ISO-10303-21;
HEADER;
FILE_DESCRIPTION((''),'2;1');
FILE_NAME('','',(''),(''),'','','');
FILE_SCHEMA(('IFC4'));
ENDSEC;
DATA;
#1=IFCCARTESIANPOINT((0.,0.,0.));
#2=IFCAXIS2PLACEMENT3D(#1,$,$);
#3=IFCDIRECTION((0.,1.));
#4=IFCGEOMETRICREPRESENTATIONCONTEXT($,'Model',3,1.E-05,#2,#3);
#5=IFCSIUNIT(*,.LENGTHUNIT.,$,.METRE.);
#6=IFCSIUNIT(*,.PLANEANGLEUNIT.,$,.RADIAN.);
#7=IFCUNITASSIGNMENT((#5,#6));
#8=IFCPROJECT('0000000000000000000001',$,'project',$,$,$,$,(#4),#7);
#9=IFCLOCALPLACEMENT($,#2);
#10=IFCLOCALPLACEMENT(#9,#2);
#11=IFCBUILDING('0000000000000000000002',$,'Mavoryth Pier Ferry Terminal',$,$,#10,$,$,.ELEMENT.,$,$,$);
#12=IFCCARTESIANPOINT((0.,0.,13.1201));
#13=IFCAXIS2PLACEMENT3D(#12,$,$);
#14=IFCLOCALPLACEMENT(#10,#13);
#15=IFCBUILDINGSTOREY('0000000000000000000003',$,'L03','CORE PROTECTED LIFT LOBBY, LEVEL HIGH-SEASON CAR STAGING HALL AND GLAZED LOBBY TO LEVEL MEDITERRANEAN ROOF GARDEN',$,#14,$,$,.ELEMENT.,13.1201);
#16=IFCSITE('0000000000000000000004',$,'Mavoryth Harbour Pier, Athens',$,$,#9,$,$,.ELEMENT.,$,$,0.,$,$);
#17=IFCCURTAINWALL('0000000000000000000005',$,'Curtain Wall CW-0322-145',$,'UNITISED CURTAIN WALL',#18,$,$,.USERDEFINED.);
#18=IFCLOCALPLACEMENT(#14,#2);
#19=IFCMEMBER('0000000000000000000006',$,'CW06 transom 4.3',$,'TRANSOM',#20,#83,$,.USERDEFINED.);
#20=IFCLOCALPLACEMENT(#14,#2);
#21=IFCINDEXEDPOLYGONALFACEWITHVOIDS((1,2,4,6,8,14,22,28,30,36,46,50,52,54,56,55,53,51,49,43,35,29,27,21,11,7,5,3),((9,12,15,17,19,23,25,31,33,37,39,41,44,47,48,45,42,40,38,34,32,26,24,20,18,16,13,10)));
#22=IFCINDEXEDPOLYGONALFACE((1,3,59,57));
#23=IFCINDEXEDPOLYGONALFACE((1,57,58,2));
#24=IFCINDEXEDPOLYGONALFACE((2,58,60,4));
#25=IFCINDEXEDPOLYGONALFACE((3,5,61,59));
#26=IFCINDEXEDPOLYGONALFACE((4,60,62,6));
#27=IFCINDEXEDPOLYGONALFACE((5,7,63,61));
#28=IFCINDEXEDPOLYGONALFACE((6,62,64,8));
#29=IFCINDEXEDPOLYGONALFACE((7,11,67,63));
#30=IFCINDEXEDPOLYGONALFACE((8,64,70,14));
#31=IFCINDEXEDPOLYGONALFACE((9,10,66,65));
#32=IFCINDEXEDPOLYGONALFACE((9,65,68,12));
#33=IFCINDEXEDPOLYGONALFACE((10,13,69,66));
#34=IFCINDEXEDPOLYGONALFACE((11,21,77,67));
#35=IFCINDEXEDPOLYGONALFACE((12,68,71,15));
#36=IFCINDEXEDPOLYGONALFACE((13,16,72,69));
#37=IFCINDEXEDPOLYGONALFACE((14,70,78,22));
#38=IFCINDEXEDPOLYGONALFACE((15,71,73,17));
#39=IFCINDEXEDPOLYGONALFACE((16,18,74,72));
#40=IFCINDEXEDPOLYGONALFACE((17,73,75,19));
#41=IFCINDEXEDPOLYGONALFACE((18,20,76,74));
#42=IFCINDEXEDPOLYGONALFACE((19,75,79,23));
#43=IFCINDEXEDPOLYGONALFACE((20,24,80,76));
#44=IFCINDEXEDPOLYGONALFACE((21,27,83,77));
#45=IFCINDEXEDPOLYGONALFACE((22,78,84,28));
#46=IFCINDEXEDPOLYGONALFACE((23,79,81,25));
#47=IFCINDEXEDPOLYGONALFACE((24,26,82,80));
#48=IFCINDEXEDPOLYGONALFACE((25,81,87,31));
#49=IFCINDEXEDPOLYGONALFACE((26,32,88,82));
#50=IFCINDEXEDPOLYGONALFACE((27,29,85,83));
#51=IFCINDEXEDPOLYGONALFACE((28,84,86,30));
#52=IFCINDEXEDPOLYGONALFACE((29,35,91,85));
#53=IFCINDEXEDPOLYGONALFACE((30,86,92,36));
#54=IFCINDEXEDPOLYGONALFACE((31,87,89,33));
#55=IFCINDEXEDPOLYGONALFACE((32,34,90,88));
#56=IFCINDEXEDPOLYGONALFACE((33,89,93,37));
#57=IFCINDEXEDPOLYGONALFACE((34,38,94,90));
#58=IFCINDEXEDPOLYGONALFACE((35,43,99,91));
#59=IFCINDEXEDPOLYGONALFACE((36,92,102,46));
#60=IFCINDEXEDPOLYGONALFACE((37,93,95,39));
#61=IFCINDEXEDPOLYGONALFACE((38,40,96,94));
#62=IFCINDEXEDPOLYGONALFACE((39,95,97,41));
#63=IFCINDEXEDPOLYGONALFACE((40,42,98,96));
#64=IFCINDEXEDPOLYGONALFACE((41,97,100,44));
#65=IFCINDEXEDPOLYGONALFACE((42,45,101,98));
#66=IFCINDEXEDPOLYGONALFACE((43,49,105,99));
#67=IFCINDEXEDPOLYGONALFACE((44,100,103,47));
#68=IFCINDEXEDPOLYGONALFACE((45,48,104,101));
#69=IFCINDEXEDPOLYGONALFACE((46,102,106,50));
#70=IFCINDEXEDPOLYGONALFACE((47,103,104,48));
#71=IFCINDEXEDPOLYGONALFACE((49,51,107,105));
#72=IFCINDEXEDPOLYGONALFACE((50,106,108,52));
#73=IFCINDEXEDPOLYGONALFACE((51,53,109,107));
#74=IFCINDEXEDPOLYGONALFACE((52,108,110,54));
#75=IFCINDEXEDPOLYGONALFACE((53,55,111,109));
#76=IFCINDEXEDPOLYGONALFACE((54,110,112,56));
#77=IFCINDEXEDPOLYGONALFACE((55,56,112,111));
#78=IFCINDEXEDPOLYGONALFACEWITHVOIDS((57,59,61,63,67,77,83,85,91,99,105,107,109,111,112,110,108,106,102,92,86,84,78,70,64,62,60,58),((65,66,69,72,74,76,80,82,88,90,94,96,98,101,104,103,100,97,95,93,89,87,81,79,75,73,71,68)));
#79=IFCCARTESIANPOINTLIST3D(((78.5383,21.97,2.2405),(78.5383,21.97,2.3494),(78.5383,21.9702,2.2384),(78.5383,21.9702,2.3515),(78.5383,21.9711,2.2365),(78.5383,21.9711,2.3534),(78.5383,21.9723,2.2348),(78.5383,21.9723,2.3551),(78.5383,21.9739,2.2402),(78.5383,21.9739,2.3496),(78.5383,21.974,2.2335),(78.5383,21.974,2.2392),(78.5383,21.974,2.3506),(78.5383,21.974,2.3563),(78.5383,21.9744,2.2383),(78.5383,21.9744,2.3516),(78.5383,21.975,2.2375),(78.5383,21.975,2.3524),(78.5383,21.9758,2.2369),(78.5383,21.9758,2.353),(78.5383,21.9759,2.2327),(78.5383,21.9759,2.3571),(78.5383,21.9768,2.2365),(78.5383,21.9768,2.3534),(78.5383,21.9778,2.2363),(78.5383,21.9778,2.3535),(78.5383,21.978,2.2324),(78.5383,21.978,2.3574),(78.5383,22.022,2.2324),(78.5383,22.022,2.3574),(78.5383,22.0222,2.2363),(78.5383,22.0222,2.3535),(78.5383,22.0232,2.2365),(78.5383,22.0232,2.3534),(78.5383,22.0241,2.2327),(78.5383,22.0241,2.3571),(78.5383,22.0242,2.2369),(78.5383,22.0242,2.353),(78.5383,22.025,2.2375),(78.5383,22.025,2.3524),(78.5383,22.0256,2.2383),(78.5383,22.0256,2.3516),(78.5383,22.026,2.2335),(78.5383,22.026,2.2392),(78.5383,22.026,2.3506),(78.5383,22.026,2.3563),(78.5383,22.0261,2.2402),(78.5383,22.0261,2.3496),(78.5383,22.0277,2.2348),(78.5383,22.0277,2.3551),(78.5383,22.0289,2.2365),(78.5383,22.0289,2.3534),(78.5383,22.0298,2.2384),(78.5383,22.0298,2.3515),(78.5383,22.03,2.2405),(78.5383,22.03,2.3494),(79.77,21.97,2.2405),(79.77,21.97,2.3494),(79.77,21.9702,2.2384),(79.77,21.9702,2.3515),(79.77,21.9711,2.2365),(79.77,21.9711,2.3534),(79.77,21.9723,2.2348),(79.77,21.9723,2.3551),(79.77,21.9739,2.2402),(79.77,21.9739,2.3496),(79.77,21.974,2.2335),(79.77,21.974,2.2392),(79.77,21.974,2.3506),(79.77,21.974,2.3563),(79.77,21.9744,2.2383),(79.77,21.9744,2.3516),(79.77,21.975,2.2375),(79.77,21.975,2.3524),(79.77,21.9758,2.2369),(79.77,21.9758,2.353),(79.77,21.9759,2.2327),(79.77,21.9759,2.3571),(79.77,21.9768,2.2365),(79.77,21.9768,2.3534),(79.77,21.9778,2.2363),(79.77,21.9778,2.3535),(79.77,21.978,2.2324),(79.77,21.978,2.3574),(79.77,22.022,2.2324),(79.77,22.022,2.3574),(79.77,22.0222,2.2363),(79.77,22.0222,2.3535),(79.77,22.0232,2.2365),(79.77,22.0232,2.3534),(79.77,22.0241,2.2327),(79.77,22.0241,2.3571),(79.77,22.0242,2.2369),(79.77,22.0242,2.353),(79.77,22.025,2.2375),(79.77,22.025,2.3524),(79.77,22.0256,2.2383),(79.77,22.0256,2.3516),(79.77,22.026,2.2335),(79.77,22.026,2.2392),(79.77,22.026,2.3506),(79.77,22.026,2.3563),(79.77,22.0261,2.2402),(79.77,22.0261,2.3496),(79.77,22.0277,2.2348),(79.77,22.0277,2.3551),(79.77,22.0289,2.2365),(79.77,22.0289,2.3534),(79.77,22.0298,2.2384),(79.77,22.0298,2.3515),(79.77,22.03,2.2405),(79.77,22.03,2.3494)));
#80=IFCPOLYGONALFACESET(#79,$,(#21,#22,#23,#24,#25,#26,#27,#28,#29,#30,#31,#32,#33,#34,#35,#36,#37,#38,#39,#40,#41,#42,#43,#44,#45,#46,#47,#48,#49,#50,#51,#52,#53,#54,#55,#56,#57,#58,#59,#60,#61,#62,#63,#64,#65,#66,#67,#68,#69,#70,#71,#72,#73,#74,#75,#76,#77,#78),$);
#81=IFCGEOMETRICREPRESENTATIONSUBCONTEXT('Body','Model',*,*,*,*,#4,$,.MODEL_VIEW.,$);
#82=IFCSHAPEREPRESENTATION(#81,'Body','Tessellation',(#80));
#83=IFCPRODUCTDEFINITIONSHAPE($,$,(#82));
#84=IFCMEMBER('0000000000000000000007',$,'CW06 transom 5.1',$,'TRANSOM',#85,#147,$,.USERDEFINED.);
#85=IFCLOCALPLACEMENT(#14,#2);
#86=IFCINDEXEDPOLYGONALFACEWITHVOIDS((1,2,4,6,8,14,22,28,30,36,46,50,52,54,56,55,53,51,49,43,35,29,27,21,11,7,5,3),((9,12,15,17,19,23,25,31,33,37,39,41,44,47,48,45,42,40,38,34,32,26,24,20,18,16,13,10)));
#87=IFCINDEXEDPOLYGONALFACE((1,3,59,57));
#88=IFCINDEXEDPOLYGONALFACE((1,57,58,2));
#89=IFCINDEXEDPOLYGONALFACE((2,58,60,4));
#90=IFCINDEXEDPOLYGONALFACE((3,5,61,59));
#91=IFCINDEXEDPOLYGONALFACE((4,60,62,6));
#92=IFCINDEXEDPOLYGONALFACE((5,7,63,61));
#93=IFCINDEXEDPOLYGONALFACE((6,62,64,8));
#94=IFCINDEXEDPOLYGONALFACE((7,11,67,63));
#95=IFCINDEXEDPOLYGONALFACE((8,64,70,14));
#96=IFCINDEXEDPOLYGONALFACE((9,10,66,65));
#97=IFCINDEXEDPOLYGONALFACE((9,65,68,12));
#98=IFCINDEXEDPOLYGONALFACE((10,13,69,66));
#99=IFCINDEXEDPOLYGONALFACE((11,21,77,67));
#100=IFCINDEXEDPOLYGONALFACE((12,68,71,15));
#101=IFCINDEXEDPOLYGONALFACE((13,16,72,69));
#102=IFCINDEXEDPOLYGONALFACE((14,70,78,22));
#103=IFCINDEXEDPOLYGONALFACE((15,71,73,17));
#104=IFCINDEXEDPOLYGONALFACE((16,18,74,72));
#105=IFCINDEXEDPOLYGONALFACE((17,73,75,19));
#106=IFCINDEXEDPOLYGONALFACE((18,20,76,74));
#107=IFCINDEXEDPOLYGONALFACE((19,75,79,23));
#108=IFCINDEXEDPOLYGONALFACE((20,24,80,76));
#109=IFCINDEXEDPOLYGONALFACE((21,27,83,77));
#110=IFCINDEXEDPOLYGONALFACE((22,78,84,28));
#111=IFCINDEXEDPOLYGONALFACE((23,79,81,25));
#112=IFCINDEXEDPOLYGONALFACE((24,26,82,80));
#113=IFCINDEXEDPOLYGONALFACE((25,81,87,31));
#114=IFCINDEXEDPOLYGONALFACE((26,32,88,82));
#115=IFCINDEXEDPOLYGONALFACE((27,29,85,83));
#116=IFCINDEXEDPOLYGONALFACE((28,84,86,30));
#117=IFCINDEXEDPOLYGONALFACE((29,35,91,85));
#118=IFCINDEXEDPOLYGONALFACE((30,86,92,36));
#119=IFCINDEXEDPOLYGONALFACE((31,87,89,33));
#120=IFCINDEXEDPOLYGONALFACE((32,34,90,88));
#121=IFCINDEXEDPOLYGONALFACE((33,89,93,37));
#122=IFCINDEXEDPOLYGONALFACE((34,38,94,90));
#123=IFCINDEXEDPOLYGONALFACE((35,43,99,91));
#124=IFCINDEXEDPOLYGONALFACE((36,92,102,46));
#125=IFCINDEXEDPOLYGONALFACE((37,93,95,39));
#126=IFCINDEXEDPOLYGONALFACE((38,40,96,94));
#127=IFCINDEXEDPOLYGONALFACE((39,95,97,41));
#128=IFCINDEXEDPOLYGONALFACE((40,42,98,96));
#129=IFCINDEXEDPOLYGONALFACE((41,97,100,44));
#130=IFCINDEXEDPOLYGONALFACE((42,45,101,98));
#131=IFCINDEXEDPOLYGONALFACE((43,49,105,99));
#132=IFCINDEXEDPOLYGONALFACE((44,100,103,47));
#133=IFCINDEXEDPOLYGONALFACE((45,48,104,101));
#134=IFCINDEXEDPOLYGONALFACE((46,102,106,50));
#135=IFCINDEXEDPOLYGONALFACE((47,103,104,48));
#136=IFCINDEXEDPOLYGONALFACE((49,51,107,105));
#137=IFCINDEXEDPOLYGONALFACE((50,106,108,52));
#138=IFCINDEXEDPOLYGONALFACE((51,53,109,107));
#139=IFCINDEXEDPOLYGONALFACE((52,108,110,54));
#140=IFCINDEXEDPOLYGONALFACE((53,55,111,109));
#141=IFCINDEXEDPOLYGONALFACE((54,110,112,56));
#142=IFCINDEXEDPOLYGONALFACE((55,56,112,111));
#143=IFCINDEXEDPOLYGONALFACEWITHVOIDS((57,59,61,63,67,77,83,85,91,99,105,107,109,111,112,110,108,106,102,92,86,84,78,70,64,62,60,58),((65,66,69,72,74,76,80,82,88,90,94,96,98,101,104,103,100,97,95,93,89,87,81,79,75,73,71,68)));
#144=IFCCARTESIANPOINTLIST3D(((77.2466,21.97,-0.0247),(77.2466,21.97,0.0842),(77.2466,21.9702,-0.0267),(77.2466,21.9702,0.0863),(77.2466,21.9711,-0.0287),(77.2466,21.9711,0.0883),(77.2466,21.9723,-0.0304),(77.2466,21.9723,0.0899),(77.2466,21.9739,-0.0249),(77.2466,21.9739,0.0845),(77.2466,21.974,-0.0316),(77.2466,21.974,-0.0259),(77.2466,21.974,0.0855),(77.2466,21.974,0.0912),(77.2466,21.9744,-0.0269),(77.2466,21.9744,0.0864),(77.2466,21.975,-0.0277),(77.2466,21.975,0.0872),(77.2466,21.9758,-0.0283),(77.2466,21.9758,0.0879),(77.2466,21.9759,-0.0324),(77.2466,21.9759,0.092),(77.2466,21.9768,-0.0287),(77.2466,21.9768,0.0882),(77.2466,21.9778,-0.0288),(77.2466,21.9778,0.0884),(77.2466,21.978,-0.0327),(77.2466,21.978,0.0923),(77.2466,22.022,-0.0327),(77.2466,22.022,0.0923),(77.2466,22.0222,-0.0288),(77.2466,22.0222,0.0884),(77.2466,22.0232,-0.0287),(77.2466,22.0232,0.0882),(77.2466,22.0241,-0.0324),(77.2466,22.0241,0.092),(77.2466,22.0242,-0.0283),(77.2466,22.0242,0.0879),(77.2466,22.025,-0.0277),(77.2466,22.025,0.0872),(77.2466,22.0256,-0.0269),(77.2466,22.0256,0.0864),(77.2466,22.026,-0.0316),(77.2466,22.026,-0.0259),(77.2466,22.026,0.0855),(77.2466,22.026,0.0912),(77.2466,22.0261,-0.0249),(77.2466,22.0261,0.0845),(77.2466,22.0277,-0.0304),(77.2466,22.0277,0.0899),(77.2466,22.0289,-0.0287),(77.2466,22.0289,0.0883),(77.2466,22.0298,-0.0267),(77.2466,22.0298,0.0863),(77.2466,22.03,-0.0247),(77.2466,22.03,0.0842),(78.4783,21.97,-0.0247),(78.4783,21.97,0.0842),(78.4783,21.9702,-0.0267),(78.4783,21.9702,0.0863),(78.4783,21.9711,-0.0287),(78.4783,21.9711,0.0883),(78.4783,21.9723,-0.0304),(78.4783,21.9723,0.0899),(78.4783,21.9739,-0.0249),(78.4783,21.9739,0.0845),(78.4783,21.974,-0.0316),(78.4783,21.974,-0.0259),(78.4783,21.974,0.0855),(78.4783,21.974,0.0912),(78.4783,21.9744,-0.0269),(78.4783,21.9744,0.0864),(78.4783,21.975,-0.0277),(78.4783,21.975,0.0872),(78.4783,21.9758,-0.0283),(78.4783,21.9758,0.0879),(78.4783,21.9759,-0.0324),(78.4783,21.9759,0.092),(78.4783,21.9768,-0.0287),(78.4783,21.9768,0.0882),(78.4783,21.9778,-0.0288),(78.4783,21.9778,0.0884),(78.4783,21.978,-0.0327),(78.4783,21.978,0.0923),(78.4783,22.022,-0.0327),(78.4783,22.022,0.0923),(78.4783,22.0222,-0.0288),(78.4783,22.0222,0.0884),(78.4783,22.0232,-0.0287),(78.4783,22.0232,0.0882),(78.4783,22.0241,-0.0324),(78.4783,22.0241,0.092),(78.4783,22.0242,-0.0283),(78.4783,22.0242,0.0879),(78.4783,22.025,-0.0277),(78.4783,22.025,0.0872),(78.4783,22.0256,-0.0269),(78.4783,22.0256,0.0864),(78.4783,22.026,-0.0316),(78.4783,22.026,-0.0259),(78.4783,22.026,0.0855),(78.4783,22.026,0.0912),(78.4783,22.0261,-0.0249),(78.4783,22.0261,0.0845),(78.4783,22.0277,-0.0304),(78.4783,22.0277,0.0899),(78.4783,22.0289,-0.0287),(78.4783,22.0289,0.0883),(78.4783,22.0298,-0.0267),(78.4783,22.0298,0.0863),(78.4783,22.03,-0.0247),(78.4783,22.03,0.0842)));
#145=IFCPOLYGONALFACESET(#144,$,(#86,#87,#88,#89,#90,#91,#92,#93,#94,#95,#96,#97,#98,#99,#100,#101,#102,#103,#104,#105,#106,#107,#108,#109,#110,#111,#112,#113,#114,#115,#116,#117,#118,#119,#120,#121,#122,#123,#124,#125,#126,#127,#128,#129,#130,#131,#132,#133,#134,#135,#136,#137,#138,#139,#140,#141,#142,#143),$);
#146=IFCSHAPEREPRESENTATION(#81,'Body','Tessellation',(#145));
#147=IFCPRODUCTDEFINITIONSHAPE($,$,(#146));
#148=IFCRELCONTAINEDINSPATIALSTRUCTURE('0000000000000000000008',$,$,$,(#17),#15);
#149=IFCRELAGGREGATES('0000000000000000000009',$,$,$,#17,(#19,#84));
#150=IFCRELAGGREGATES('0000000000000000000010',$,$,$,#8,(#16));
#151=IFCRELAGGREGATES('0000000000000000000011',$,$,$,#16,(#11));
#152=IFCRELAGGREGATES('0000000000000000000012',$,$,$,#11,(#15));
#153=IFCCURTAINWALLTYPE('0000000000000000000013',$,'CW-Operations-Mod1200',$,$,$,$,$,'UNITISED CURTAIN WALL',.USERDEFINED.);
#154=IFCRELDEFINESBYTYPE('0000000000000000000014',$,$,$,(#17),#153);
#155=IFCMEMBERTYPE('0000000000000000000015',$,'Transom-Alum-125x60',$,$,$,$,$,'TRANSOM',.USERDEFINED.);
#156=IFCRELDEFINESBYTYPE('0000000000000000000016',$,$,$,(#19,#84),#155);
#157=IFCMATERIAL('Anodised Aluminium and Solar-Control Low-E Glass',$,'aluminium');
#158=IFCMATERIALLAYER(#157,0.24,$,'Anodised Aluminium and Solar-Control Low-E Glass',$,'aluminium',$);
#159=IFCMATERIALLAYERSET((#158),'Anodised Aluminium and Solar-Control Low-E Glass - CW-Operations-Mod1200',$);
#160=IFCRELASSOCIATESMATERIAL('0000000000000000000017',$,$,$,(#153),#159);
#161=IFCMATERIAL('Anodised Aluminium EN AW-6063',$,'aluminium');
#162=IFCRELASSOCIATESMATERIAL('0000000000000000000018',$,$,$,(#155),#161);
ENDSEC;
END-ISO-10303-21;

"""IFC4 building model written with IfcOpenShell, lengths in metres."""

from ifc_helpers import new_model, si_unit, direction, frame, origin, origin_2d, place, context, subcontext, project, spatial, hollow_rectangle, extrude, material, layer, layer_set, material_profile, profile_set, type_object, element, aggregate, save


model = new_model("IFC4")

# Units and contexts
model_context = context("Model", 3, precision=1e-05, world=origin(), true_north=direction((0.0, 1.0)))
body_context = subcontext(model_context, "Body", "Model", "MODEL_VIEW")
ifc_project = project(units=[si_unit("LENGTHUNIT", "METRE"), si_unit("PLANEANGLEUNIT", "RADIAN")], contexts=[model_context])

# Site, building, storey
site_placement = place(None, origin())
site = spatial("IfcSite", under=ifc_project, at=site_placement, Name="Mavoryth Harbour Pier, Athens", CompositionType="ELEMENT", RefElevation=0.0)
building_placement = place(site_placement, origin())
building = spatial("IfcBuilding", under=site, at=building_placement, Name="Mavoryth Pier Ferry Terminal", CompositionType="ELEMENT")
storey_placement = place(building_placement, frame((0.0, 0.0, 13.1201)))
storey = spatial("IfcBuildingStorey", under=building, at=storey_placement, Name="L03", Description="CORE PROTECTED LIFT LOBBY, LEVEL HIGH-SEASON CAR STAGING HALL AND GLAZED LOBBY TO LEVEL MEDITERRANEAN ROOF GARDEN", CompositionType="ELEMENT", Elevation=13.1201)

# Curtain wall
ifc_material_1 = material(Name="Anodised Aluminium and Solar-Control Low-E Glass", Category="aluminium")
ifc_layer_1 = layer(ifc_material_1, 0.24, Name="Anodised Aluminium and Solar-Control Low-E Glass", Category="aluminium")
ifc_layer_set_1 = layer_set([ifc_layer_1], Name="Anodised Aluminium and Solar-Control Low-E Glass - CW-Operations-Mod1200")
curtain_wall_type = type_object("IfcCurtainWallType", Name="CW-Operations-Mod1200", ElementType="UNITISED CURTAIN WALL", PredefinedType="USERDEFINED", material=ifc_layer_set_1)
curtain_wall_placement = place(storey_placement, origin())
curtain_wall = element("IfcCurtainWall", 1, at=curtain_wall_placement, inside=storey, type_object=curtain_wall_type, Name="Curtain Wall CW-0322-145", ObjectType="UNITISED CURTAIN WALL", PredefinedType="USERDEFINED")
ifc_material_2 = material(Name="Anodised Aluminium EN AW-6063", Category="aluminium")

# Members
ifc_material_profile_1 = material_profile(ifc_material_2, hollow_rectangle(XDim=0.0601, YDim=0.125, WallThickness=0.0039, InnerFilletRadius=0.0039, OuterFilletRadius=0.0081, at=origin_2d()), Name="AL-TRAN 125x60x4", Category="aluminium")
ifc_profile_set_1 = profile_set([ifc_material_profile_1], Name="Anodised Aluminium EN AW-6063 - AL-TRAN 125x60x4")
member_type_1 = type_object("IfcMemberType", Name="Transom-Alum-125x60", ElementType="TRANSOM", PredefinedType="USERDEFINED", material=ifc_profile_set_1)
member_1_placement = place(storey_placement, frame((79.77, 22.0, 2.2949), z_axis=(-1.0, 0.0, 0.0), x_axis=(0.0, -1.0, 0.0)))
member_1 = element("IfcMember", 2, at=member_1_placement, type_object=member_type_1, Name="CW06 transom 4.3", ObjectType="TRANSOM", PredefinedType="USERDEFINED", context=body_context, shape_type="SweptSolid", body=[
    extrude(hollow_rectangle(XDim=0.0601, YDim=0.125, WallThickness=0.0039, InnerFilletRadius=0.0039, OuterFilletRadius=0.0081, at=origin_2d()), origin(), (0.0, 0.0, 1.0), 1.2317),
])
member_2_placement = place(storey_placement, frame((78.4783, 22.0, 0.0298), z_axis=(-1.0, 0.0, 0.0), x_axis=(0.0, -1.0, 0.0)))
member_2 = element("IfcMember", 3, at=member_2_placement, type_object=member_type_1, Name="CW06 transom 5.1", ObjectType="TRANSOM", PredefinedType="USERDEFINED", context=body_context, shape_type="SweptSolid", body=[
    extrude(hollow_rectangle(XDim=0.0601, YDim=0.125, WallThickness=0.0039, InnerFilletRadius=0.0039, OuterFilletRadius=0.0081, at=origin_2d()), origin(), (0.0, 0.0, 1.0), 1.2317),
])

aggregate(curtain_wall, [member_1, member_2])

save(model, "model.ifc")
